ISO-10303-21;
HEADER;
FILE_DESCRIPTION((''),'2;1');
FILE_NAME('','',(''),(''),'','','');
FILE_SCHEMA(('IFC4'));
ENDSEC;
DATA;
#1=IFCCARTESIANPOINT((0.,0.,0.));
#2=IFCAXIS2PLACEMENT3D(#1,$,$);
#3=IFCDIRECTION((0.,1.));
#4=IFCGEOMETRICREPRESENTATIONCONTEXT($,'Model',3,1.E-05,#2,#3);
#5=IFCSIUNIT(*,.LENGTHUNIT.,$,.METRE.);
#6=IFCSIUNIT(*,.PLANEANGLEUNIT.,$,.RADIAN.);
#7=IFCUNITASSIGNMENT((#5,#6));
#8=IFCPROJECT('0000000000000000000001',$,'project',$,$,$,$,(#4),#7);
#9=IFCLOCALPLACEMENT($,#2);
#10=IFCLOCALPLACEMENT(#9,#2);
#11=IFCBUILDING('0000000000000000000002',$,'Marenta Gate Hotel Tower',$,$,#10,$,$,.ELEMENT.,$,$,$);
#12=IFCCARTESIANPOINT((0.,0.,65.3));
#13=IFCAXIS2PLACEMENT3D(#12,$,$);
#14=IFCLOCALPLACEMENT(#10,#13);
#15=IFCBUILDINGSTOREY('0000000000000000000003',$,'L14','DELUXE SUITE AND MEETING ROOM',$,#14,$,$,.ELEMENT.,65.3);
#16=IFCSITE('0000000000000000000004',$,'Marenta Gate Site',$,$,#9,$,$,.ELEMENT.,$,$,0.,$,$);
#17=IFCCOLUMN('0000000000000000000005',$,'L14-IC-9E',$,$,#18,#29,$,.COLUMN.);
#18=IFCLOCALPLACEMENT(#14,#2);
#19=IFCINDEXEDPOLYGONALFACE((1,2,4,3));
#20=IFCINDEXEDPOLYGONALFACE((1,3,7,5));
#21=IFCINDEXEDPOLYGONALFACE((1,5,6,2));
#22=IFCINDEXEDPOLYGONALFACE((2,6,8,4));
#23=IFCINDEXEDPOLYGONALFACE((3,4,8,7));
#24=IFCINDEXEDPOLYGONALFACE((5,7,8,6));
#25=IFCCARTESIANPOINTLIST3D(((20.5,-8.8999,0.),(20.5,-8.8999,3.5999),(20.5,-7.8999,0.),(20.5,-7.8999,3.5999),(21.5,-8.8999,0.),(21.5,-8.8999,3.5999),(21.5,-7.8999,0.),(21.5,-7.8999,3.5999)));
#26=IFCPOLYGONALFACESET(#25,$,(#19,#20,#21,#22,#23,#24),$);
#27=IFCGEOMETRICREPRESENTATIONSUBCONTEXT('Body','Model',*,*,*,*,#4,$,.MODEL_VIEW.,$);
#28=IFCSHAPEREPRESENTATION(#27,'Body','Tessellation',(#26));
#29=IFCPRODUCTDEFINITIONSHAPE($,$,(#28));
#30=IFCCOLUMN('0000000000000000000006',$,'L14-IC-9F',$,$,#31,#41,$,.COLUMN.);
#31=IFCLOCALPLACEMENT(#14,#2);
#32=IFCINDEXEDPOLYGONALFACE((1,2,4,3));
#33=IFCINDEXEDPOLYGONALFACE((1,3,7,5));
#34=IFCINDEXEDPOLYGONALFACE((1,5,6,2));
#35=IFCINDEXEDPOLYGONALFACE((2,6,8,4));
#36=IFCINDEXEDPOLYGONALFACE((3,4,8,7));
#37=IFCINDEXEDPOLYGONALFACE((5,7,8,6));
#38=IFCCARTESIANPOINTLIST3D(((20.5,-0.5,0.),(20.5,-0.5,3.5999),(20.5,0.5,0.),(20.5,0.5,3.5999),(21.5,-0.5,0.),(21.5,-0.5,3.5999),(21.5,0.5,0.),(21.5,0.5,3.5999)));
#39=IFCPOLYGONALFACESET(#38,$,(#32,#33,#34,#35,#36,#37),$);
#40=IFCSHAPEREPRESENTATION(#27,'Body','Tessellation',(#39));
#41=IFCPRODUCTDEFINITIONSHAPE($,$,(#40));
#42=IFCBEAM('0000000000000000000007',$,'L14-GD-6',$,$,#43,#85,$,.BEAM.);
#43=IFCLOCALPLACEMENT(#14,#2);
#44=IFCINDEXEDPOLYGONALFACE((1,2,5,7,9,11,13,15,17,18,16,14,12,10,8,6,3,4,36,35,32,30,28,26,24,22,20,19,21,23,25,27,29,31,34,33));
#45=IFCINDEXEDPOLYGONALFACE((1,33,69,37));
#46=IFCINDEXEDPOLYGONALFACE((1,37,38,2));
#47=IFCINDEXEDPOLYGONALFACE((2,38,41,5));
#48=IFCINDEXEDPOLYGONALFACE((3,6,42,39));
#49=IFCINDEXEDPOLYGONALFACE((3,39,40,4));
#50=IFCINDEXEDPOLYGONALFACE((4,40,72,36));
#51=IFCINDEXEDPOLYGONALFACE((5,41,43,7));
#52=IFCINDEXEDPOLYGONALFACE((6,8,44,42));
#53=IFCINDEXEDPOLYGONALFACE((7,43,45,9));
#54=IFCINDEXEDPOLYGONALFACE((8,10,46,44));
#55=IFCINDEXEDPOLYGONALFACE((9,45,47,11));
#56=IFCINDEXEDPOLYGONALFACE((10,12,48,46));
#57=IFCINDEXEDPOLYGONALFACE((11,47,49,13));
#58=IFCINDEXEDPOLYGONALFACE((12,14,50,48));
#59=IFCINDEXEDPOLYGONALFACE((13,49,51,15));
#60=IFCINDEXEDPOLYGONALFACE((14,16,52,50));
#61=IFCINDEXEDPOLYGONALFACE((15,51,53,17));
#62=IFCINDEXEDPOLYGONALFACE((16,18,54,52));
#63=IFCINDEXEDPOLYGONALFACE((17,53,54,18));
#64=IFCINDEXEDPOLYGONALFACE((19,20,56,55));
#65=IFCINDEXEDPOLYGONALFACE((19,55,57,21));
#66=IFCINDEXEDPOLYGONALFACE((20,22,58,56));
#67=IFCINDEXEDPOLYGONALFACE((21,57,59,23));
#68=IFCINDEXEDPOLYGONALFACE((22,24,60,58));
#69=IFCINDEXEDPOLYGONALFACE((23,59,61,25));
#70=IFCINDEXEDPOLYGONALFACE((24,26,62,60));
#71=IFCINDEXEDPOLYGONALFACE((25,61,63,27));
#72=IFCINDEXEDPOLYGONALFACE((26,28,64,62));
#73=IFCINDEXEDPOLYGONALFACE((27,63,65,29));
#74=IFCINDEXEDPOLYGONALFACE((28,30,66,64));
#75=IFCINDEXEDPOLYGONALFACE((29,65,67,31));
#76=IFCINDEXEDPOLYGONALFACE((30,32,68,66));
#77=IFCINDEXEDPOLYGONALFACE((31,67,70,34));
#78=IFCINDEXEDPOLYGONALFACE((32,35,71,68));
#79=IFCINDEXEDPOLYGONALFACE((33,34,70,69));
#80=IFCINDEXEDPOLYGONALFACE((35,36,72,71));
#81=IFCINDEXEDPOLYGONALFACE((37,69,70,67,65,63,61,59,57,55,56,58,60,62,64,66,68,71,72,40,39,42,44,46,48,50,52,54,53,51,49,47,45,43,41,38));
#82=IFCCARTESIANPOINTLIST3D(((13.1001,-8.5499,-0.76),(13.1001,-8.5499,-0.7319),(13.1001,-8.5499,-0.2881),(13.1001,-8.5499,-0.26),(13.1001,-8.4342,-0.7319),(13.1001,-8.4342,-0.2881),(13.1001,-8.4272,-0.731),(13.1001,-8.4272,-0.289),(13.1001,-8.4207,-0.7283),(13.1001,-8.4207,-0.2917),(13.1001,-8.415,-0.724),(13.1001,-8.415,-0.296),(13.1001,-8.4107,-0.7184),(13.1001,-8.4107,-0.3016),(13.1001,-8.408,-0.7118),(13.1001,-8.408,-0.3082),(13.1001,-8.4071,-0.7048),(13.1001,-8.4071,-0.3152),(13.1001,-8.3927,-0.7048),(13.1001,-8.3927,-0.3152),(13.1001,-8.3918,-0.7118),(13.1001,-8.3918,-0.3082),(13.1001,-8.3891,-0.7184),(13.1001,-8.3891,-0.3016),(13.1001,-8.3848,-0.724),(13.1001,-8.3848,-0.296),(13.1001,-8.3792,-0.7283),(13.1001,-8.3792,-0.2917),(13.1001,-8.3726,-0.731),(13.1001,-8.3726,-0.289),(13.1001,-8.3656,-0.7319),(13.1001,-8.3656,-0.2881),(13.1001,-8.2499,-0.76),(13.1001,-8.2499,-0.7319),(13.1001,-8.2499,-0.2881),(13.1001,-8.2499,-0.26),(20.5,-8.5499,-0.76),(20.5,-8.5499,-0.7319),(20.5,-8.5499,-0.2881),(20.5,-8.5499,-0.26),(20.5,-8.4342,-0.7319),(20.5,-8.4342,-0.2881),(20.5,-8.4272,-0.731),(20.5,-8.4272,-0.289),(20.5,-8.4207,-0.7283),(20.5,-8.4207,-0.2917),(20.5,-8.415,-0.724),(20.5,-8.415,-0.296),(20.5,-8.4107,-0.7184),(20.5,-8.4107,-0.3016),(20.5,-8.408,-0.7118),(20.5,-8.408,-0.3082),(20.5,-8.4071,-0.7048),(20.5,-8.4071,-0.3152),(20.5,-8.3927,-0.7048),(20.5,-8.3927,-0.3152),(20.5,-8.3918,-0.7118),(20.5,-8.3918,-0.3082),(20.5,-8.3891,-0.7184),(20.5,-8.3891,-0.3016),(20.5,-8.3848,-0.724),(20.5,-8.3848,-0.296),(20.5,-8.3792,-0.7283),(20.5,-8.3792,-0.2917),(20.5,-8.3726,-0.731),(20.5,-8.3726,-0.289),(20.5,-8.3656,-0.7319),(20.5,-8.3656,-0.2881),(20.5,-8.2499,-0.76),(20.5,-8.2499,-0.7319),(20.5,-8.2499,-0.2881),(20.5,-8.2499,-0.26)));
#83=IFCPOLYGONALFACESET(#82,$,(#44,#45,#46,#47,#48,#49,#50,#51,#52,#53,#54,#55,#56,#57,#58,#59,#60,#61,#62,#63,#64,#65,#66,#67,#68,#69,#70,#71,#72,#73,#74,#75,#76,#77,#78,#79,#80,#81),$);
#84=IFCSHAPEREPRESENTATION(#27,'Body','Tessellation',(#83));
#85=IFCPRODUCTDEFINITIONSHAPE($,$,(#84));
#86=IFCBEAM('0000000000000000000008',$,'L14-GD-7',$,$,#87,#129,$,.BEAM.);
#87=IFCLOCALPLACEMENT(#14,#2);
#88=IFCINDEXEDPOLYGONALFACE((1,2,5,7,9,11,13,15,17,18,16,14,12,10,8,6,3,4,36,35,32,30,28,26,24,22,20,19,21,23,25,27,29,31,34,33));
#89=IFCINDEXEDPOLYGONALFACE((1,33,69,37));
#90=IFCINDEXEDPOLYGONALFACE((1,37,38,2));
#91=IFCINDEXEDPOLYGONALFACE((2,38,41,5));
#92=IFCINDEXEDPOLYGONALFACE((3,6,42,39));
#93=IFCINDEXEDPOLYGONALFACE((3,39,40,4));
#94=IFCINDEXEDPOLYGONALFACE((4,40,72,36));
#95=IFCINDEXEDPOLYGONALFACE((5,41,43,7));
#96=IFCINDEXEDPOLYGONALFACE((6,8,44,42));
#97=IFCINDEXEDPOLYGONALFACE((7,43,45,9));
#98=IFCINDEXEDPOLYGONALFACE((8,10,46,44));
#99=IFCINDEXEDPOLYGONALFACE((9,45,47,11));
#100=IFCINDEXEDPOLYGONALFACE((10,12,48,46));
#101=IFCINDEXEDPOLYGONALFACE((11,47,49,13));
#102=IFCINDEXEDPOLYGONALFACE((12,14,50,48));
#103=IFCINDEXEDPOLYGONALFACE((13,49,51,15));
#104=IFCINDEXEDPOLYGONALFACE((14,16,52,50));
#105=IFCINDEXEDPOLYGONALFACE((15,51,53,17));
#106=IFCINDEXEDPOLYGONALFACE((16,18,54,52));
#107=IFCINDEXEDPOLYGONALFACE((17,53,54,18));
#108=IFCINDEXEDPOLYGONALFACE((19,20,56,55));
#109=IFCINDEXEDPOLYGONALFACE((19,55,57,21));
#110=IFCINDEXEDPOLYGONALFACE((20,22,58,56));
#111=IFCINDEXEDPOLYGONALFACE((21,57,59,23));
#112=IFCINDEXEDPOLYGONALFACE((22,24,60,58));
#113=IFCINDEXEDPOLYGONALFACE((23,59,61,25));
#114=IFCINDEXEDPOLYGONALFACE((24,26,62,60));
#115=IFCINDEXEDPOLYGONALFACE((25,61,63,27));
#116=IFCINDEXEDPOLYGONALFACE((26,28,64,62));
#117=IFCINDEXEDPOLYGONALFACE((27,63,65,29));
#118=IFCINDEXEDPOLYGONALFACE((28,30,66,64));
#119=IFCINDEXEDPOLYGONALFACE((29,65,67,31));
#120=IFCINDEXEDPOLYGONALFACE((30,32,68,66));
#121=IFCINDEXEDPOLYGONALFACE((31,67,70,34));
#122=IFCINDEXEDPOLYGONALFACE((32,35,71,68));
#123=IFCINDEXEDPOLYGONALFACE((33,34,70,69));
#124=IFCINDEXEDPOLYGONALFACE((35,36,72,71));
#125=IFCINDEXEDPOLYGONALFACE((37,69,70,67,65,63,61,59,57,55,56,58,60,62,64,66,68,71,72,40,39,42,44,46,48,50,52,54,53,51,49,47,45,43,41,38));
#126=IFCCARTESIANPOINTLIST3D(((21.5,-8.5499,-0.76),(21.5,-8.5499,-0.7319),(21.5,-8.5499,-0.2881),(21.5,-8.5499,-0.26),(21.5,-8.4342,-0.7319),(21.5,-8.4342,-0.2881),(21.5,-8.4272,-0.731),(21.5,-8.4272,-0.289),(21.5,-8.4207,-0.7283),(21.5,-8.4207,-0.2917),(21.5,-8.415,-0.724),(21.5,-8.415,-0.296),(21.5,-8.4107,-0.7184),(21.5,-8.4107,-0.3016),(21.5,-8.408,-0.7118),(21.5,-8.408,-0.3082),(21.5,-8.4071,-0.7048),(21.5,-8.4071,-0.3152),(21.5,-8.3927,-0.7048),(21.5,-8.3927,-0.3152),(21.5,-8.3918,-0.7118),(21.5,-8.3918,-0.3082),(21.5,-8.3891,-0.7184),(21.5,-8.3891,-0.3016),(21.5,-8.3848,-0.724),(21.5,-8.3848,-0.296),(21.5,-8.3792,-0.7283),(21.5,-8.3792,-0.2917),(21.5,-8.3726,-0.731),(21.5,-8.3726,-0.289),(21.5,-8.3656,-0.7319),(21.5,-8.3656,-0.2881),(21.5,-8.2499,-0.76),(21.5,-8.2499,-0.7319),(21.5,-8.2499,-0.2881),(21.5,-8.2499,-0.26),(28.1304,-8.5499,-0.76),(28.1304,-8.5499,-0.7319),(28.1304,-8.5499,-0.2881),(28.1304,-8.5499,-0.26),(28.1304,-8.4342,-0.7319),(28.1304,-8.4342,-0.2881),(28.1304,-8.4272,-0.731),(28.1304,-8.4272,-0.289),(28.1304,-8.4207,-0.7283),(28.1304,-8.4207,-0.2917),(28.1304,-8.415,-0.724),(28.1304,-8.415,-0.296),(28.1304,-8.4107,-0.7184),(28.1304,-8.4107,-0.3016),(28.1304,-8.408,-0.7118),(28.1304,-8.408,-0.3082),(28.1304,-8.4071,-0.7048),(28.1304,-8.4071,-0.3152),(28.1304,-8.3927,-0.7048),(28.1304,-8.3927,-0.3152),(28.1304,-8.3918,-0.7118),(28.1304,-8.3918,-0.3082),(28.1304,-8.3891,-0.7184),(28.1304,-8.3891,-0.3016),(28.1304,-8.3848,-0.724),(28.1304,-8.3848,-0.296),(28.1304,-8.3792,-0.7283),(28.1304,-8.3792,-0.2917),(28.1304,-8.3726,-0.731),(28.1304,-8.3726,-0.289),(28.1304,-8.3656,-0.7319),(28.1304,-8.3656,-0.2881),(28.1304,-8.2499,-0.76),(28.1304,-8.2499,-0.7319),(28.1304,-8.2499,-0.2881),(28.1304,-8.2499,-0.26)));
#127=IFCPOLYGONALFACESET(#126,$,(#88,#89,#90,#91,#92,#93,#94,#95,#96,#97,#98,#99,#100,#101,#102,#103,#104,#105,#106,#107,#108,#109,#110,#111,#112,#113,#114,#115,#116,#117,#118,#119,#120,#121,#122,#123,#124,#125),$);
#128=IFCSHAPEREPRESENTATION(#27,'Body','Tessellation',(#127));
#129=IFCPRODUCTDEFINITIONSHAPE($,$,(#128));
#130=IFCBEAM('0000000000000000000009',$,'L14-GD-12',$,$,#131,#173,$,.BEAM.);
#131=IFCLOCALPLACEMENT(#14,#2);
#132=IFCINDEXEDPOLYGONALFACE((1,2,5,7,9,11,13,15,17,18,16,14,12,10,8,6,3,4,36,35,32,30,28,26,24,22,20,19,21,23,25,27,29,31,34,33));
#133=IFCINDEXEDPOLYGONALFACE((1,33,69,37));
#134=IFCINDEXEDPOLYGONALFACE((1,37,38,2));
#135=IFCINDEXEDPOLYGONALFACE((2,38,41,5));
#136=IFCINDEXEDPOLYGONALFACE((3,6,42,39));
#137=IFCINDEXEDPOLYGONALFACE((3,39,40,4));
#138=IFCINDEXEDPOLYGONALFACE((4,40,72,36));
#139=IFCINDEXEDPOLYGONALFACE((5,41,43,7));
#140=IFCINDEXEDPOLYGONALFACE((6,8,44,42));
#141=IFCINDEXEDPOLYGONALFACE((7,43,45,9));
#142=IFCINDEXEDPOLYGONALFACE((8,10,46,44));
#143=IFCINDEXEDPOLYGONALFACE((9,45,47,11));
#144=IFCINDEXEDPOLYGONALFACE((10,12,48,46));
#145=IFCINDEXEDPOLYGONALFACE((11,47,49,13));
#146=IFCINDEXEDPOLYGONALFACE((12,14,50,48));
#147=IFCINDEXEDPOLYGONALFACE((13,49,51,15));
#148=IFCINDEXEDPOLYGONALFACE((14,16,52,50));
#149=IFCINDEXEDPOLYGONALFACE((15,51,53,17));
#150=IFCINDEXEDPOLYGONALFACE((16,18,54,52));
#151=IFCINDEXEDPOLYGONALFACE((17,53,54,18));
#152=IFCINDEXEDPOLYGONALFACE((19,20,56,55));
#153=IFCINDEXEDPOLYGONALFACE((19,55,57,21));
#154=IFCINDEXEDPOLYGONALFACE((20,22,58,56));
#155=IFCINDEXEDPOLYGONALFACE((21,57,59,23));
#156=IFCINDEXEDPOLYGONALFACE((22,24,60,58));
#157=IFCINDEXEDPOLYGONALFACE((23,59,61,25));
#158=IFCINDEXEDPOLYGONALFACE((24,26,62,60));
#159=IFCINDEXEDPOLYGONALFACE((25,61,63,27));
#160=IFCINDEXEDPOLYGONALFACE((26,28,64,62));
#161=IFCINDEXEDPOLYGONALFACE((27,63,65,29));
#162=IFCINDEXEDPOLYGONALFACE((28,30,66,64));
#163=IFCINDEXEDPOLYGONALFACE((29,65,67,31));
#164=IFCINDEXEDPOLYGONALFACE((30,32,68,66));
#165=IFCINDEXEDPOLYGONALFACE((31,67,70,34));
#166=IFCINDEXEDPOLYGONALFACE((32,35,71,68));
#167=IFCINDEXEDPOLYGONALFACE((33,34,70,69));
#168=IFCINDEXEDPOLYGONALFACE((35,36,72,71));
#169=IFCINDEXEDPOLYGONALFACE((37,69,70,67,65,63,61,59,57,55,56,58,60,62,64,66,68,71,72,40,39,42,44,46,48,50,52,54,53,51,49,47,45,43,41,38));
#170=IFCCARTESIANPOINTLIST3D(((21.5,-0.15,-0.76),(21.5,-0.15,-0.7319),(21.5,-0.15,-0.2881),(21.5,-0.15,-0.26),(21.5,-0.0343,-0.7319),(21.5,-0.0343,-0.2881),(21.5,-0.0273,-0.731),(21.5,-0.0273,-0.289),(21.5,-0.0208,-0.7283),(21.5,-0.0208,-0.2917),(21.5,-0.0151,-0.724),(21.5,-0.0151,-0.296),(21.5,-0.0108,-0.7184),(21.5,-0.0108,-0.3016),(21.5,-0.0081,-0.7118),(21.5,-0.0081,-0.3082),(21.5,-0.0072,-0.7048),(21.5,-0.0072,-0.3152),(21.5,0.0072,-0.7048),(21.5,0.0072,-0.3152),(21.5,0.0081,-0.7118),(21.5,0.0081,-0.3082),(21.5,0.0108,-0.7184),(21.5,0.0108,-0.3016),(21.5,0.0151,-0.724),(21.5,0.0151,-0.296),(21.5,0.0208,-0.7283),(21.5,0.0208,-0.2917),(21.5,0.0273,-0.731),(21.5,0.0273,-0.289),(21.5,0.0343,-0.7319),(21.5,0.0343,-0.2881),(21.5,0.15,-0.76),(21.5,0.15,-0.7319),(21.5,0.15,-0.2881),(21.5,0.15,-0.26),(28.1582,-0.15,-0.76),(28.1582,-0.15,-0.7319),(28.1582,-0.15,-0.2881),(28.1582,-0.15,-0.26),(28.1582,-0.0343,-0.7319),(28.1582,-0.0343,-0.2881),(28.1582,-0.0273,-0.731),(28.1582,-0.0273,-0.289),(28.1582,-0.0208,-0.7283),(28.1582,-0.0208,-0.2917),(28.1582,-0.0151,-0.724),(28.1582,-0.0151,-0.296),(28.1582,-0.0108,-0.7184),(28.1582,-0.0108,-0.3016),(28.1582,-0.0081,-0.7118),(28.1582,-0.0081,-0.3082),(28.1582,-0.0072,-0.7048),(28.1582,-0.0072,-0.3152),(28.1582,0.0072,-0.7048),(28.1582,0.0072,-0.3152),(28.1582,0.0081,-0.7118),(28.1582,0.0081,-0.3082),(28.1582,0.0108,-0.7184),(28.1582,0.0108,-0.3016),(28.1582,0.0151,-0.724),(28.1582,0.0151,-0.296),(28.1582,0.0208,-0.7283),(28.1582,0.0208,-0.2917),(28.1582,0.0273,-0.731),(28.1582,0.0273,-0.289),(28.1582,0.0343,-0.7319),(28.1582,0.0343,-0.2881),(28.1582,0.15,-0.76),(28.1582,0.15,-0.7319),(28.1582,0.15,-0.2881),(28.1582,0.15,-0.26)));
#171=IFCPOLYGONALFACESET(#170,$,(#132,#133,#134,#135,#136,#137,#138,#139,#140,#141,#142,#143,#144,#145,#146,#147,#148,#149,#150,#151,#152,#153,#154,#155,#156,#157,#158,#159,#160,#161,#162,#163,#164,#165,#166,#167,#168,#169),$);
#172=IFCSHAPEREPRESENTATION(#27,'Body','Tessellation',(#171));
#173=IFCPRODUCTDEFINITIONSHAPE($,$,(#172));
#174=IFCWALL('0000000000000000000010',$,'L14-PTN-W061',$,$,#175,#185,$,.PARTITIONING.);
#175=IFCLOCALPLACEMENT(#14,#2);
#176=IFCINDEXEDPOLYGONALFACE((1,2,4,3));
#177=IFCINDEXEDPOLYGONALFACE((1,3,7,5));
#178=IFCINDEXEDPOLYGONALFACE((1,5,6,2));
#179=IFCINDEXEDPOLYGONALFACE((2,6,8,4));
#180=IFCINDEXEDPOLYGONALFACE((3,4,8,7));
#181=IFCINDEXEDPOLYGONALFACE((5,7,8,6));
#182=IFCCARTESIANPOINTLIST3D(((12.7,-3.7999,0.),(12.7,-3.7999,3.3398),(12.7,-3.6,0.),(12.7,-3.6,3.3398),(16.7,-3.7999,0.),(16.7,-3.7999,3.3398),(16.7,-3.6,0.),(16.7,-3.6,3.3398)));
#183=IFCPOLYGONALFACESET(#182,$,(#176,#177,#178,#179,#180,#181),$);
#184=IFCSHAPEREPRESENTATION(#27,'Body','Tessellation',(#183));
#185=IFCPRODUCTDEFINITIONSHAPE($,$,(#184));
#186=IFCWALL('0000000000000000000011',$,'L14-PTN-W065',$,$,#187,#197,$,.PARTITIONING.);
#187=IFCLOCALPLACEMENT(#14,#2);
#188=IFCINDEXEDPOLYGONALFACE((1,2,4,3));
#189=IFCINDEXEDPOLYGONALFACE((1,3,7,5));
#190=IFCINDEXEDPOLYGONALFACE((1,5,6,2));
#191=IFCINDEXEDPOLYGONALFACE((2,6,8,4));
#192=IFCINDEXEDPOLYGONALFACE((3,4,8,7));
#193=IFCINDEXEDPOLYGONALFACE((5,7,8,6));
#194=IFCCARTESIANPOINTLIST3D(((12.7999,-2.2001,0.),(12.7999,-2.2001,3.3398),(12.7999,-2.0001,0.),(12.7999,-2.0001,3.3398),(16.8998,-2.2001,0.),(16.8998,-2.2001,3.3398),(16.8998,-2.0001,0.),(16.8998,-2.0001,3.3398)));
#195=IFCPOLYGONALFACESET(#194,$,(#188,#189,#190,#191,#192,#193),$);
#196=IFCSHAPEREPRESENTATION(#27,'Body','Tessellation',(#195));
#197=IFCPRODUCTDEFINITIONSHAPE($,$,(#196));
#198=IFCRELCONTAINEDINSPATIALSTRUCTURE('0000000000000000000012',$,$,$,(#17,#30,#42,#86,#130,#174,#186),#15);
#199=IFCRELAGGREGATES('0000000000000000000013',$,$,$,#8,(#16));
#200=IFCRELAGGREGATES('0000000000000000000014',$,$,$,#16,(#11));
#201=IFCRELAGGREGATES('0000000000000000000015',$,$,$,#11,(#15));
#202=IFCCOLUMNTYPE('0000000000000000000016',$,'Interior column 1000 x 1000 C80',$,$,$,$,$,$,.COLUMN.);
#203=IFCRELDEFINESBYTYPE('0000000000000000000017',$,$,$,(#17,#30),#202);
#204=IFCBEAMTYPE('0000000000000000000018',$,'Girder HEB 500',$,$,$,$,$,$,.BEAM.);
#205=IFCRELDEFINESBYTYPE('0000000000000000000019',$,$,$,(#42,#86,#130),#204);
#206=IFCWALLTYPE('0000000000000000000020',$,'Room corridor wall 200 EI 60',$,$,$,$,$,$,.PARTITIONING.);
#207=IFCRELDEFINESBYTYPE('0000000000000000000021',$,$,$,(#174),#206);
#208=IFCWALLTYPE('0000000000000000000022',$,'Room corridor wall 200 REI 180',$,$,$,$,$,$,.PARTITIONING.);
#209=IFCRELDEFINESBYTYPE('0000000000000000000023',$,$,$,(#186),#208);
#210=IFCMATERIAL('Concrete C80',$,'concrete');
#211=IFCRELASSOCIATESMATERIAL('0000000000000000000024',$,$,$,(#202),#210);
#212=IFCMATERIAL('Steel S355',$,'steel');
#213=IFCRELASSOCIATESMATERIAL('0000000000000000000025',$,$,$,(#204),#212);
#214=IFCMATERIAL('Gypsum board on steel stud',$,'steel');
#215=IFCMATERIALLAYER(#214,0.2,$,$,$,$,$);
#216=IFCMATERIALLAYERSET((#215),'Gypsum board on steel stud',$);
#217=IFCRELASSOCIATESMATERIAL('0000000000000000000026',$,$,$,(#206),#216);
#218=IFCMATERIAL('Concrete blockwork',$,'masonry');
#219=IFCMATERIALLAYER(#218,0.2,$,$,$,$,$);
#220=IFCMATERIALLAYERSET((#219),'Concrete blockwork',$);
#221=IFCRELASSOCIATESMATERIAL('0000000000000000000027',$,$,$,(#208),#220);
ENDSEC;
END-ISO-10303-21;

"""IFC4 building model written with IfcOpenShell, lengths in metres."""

from ifc_helpers import new_model, si_unit, direction, frame, frame_2d, origin, origin_2d, place, context, subcontext, project, spatial, rectangle, i_section, extrude, material, layer, layer_set, material_profile, profile_set, type_object, element, save


model = new_model("IFC4")

# Units and contexts
model_context = context("Model", 3, precision=1e-05, world=origin(), true_north=direction((0.0, 1.0)))
body_context = subcontext(model_context, "Body", "Model", "MODEL_VIEW")
ifc_project = project(units=[si_unit("LENGTHUNIT", "METRE"), si_unit("PLANEANGLEUNIT", "RADIAN")], contexts=[model_context])

# Site, building, storey
site_placement = place(None, origin())
site = spatial("IfcSite", under=ifc_project, at=site_placement, Name="Marenta Gate Site", CompositionType="ELEMENT", RefElevation=0.0)
building_placement = place(site_placement, origin())
building = spatial("IfcBuilding", under=site, at=building_placement, Name="Marenta Gate Hotel Tower", CompositionType="ELEMENT")
storey_placement = place(building_placement, frame((0.0, 0.0, 65.3)))
storey = spatial("IfcBuildingStorey", under=building, at=storey_placement, Name="L14", Description="DELUXE SUITE AND MEETING ROOM", CompositionType="ELEMENT", Elevation=65.3)

# Columns
ifc_material_1 = material(Name="Concrete C80", Category="concrete")
ifc_material_profile_1 = material_profile(ifc_material_1, rectangle(XDim=1.0, YDim=1.0, at=origin_2d()), Name="1000 x 1000")
ifc_profile_set_1 = profile_set([ifc_material_profile_1], Name="Concrete C80")
column_type = type_object("IfcColumnType", Name="Interior column 1000 x 1000 C80", PredefinedType="COLUMN", material=ifc_profile_set_1)
for number, where, z_axis, x_axis, name in (
    (1, (21.0, -8.3999, 0.0), (0.0, 0.0, 1.0), (1.0, 0.0, 0.0), "L14-IC-9E"),
    (2, (21.0, 0.0, 0.0), (0.0, 0.0, 1.0), (1.0, 0.0, 0.0), "L14-IC-9F"),
):
    element("IfcColumn", number, at=place(storey_placement, frame(where, z_axis=z_axis, x_axis=x_axis)), inside=storey, type_object=column_type, Name=name, PredefinedType="COLUMN", context=body_context, shape_type="SweptSolid", body=[
        extrude(rectangle(XDim=1.0, YDim=1.0, at=origin_2d()), origin(), (0.0, 0.0, 1.0), 3.5999),
    ])

# Beams
ifc_material_2 = material(Name="Steel S355", Category="steel")
ifc_material_profile_2 = material_profile(ifc_material_2, i_section(OverallWidth=0.3, OverallDepth=0.5, WebThickness=0.0144, FlangeThickness=0.0281, FilletRadius=0.0271, at=origin_2d()), Name="HEB 500")
ifc_profile_set_2 = profile_set([ifc_material_profile_2], Name="Steel S355")
beam_type = type_object("IfcBeamType", Name="Girder HEB 500", PredefinedType="BEAM", material=ifc_profile_set_2)
beam_1_placement = place(storey_placement, frame((13.1001, -8.3999, -0.51), z_axis=(1.0, 0.0, 0.0), x_axis=(0.0, 1.0, 0.0)))
element("IfcBeam", 3, at=beam_1_placement, inside=storey, type_object=beam_type, Name="L14-GD-6", PredefinedType="BEAM", context=body_context, shape_type="SweptSolid", body=[
    extrude(i_section(OverallWidth=0.3, OverallDepth=0.5, WebThickness=0.0144, FlangeThickness=0.0281, FilletRadius=0.0271, at=origin_2d()), origin(), (0.0, 0.0, 1.0), 7.3999),
])
beam_2_placement = place(storey_placement, frame((21.5, -8.3999, -0.51), z_axis=(1.0, 0.0, 0.0), x_axis=(0.0, 1.0, 0.0)))
element("IfcBeam", 4, at=beam_2_placement, inside=storey, type_object=beam_type, Name="L14-GD-7", PredefinedType="BEAM", context=body_context, shape_type="SweptSolid", body=[
    extrude(i_section(OverallWidth=0.3, OverallDepth=0.5, WebThickness=0.0144, FlangeThickness=0.0281, FilletRadius=0.0271, at=origin_2d()), origin(), (0.0, 0.0, 1.0), 6.6304),
])
beam_3_placement = place(storey_placement, frame((21.5, 0.0, -0.51), z_axis=(1.0, 0.0, 0.0), x_axis=(0.0, 1.0, 0.0)))
element("IfcBeam", 5, at=beam_3_placement, inside=storey, type_object=beam_type, Name="L14-GD-12", PredefinedType="BEAM", context=body_context, shape_type="SweptSolid", body=[
    extrude(i_section(OverallWidth=0.3, OverallDepth=0.5, WebThickness=0.0144, FlangeThickness=0.0281, FilletRadius=0.0271, at=origin_2d()), origin(), (0.0, 0.0, 1.0), 6.6582),
])

# Shared definitions
ifc_material_3 = material(Name="Gypsum board on steel stud", Category="steel")
ifc_layer_1 = layer(ifc_material_3, 0.2)
ifc_layer_set_1 = layer_set([ifc_layer_1], Name="Gypsum board on steel stud")
wall_type_1 = type_object("IfcWallType", Name="Room corridor wall 200 EI 60", PredefinedType="PARTITIONING", material=ifc_layer_set_1)

# Wall
wall_1_placement = place(storey_placement, frame((12.7, -3.7, 0.0), z_axis=(0.0, 0.0, 1.0), x_axis=(1.0, 0.0, 0.0)))
element("IfcWall", 6, at=wall_1_placement, inside=storey, type_object=wall_type_1, Name="L14-PTN-W061", PredefinedType="PARTITIONING", context=body_context, shape_type="SweptSolid", body=[
    extrude(rectangle(XDim=4.0, YDim=0.2, at=frame_2d((2.0, 0.0))), origin(), (0.0, 0.0, 1.0), 3.3398),
])

# Shared definitions
ifc_material_4 = material(Name="Concrete blockwork", Category="masonry")
ifc_layer_2 = layer(ifc_material_4, 0.2)
ifc_layer_set_2 = layer_set([ifc_layer_2], Name="Concrete blockwork")
wall_type_2 = type_object("IfcWallType", Name="Room corridor wall 200 REI 180", PredefinedType="PARTITIONING", material=ifc_layer_set_2)

# Wall
wall_2_placement = place(storey_placement, frame((12.8, -2.1001, 0.0), z_axis=(0.0, 0.0, 1.0), x_axis=(1.0, 0.0, 0.0)))
element("IfcWall", 7, at=wall_2_placement, inside=storey, type_object=wall_type_2, Name="L14-PTN-W065", PredefinedType="PARTITIONING", context=body_context, shape_type="SweptSolid", body=[
    extrude(rectangle(XDim=4.0999, YDim=0.2, at=frame_2d((2.0498, 0.0))), origin(), (0.0, 0.0, 1.0), 3.3398),
])

save(model, "model.ifc")
